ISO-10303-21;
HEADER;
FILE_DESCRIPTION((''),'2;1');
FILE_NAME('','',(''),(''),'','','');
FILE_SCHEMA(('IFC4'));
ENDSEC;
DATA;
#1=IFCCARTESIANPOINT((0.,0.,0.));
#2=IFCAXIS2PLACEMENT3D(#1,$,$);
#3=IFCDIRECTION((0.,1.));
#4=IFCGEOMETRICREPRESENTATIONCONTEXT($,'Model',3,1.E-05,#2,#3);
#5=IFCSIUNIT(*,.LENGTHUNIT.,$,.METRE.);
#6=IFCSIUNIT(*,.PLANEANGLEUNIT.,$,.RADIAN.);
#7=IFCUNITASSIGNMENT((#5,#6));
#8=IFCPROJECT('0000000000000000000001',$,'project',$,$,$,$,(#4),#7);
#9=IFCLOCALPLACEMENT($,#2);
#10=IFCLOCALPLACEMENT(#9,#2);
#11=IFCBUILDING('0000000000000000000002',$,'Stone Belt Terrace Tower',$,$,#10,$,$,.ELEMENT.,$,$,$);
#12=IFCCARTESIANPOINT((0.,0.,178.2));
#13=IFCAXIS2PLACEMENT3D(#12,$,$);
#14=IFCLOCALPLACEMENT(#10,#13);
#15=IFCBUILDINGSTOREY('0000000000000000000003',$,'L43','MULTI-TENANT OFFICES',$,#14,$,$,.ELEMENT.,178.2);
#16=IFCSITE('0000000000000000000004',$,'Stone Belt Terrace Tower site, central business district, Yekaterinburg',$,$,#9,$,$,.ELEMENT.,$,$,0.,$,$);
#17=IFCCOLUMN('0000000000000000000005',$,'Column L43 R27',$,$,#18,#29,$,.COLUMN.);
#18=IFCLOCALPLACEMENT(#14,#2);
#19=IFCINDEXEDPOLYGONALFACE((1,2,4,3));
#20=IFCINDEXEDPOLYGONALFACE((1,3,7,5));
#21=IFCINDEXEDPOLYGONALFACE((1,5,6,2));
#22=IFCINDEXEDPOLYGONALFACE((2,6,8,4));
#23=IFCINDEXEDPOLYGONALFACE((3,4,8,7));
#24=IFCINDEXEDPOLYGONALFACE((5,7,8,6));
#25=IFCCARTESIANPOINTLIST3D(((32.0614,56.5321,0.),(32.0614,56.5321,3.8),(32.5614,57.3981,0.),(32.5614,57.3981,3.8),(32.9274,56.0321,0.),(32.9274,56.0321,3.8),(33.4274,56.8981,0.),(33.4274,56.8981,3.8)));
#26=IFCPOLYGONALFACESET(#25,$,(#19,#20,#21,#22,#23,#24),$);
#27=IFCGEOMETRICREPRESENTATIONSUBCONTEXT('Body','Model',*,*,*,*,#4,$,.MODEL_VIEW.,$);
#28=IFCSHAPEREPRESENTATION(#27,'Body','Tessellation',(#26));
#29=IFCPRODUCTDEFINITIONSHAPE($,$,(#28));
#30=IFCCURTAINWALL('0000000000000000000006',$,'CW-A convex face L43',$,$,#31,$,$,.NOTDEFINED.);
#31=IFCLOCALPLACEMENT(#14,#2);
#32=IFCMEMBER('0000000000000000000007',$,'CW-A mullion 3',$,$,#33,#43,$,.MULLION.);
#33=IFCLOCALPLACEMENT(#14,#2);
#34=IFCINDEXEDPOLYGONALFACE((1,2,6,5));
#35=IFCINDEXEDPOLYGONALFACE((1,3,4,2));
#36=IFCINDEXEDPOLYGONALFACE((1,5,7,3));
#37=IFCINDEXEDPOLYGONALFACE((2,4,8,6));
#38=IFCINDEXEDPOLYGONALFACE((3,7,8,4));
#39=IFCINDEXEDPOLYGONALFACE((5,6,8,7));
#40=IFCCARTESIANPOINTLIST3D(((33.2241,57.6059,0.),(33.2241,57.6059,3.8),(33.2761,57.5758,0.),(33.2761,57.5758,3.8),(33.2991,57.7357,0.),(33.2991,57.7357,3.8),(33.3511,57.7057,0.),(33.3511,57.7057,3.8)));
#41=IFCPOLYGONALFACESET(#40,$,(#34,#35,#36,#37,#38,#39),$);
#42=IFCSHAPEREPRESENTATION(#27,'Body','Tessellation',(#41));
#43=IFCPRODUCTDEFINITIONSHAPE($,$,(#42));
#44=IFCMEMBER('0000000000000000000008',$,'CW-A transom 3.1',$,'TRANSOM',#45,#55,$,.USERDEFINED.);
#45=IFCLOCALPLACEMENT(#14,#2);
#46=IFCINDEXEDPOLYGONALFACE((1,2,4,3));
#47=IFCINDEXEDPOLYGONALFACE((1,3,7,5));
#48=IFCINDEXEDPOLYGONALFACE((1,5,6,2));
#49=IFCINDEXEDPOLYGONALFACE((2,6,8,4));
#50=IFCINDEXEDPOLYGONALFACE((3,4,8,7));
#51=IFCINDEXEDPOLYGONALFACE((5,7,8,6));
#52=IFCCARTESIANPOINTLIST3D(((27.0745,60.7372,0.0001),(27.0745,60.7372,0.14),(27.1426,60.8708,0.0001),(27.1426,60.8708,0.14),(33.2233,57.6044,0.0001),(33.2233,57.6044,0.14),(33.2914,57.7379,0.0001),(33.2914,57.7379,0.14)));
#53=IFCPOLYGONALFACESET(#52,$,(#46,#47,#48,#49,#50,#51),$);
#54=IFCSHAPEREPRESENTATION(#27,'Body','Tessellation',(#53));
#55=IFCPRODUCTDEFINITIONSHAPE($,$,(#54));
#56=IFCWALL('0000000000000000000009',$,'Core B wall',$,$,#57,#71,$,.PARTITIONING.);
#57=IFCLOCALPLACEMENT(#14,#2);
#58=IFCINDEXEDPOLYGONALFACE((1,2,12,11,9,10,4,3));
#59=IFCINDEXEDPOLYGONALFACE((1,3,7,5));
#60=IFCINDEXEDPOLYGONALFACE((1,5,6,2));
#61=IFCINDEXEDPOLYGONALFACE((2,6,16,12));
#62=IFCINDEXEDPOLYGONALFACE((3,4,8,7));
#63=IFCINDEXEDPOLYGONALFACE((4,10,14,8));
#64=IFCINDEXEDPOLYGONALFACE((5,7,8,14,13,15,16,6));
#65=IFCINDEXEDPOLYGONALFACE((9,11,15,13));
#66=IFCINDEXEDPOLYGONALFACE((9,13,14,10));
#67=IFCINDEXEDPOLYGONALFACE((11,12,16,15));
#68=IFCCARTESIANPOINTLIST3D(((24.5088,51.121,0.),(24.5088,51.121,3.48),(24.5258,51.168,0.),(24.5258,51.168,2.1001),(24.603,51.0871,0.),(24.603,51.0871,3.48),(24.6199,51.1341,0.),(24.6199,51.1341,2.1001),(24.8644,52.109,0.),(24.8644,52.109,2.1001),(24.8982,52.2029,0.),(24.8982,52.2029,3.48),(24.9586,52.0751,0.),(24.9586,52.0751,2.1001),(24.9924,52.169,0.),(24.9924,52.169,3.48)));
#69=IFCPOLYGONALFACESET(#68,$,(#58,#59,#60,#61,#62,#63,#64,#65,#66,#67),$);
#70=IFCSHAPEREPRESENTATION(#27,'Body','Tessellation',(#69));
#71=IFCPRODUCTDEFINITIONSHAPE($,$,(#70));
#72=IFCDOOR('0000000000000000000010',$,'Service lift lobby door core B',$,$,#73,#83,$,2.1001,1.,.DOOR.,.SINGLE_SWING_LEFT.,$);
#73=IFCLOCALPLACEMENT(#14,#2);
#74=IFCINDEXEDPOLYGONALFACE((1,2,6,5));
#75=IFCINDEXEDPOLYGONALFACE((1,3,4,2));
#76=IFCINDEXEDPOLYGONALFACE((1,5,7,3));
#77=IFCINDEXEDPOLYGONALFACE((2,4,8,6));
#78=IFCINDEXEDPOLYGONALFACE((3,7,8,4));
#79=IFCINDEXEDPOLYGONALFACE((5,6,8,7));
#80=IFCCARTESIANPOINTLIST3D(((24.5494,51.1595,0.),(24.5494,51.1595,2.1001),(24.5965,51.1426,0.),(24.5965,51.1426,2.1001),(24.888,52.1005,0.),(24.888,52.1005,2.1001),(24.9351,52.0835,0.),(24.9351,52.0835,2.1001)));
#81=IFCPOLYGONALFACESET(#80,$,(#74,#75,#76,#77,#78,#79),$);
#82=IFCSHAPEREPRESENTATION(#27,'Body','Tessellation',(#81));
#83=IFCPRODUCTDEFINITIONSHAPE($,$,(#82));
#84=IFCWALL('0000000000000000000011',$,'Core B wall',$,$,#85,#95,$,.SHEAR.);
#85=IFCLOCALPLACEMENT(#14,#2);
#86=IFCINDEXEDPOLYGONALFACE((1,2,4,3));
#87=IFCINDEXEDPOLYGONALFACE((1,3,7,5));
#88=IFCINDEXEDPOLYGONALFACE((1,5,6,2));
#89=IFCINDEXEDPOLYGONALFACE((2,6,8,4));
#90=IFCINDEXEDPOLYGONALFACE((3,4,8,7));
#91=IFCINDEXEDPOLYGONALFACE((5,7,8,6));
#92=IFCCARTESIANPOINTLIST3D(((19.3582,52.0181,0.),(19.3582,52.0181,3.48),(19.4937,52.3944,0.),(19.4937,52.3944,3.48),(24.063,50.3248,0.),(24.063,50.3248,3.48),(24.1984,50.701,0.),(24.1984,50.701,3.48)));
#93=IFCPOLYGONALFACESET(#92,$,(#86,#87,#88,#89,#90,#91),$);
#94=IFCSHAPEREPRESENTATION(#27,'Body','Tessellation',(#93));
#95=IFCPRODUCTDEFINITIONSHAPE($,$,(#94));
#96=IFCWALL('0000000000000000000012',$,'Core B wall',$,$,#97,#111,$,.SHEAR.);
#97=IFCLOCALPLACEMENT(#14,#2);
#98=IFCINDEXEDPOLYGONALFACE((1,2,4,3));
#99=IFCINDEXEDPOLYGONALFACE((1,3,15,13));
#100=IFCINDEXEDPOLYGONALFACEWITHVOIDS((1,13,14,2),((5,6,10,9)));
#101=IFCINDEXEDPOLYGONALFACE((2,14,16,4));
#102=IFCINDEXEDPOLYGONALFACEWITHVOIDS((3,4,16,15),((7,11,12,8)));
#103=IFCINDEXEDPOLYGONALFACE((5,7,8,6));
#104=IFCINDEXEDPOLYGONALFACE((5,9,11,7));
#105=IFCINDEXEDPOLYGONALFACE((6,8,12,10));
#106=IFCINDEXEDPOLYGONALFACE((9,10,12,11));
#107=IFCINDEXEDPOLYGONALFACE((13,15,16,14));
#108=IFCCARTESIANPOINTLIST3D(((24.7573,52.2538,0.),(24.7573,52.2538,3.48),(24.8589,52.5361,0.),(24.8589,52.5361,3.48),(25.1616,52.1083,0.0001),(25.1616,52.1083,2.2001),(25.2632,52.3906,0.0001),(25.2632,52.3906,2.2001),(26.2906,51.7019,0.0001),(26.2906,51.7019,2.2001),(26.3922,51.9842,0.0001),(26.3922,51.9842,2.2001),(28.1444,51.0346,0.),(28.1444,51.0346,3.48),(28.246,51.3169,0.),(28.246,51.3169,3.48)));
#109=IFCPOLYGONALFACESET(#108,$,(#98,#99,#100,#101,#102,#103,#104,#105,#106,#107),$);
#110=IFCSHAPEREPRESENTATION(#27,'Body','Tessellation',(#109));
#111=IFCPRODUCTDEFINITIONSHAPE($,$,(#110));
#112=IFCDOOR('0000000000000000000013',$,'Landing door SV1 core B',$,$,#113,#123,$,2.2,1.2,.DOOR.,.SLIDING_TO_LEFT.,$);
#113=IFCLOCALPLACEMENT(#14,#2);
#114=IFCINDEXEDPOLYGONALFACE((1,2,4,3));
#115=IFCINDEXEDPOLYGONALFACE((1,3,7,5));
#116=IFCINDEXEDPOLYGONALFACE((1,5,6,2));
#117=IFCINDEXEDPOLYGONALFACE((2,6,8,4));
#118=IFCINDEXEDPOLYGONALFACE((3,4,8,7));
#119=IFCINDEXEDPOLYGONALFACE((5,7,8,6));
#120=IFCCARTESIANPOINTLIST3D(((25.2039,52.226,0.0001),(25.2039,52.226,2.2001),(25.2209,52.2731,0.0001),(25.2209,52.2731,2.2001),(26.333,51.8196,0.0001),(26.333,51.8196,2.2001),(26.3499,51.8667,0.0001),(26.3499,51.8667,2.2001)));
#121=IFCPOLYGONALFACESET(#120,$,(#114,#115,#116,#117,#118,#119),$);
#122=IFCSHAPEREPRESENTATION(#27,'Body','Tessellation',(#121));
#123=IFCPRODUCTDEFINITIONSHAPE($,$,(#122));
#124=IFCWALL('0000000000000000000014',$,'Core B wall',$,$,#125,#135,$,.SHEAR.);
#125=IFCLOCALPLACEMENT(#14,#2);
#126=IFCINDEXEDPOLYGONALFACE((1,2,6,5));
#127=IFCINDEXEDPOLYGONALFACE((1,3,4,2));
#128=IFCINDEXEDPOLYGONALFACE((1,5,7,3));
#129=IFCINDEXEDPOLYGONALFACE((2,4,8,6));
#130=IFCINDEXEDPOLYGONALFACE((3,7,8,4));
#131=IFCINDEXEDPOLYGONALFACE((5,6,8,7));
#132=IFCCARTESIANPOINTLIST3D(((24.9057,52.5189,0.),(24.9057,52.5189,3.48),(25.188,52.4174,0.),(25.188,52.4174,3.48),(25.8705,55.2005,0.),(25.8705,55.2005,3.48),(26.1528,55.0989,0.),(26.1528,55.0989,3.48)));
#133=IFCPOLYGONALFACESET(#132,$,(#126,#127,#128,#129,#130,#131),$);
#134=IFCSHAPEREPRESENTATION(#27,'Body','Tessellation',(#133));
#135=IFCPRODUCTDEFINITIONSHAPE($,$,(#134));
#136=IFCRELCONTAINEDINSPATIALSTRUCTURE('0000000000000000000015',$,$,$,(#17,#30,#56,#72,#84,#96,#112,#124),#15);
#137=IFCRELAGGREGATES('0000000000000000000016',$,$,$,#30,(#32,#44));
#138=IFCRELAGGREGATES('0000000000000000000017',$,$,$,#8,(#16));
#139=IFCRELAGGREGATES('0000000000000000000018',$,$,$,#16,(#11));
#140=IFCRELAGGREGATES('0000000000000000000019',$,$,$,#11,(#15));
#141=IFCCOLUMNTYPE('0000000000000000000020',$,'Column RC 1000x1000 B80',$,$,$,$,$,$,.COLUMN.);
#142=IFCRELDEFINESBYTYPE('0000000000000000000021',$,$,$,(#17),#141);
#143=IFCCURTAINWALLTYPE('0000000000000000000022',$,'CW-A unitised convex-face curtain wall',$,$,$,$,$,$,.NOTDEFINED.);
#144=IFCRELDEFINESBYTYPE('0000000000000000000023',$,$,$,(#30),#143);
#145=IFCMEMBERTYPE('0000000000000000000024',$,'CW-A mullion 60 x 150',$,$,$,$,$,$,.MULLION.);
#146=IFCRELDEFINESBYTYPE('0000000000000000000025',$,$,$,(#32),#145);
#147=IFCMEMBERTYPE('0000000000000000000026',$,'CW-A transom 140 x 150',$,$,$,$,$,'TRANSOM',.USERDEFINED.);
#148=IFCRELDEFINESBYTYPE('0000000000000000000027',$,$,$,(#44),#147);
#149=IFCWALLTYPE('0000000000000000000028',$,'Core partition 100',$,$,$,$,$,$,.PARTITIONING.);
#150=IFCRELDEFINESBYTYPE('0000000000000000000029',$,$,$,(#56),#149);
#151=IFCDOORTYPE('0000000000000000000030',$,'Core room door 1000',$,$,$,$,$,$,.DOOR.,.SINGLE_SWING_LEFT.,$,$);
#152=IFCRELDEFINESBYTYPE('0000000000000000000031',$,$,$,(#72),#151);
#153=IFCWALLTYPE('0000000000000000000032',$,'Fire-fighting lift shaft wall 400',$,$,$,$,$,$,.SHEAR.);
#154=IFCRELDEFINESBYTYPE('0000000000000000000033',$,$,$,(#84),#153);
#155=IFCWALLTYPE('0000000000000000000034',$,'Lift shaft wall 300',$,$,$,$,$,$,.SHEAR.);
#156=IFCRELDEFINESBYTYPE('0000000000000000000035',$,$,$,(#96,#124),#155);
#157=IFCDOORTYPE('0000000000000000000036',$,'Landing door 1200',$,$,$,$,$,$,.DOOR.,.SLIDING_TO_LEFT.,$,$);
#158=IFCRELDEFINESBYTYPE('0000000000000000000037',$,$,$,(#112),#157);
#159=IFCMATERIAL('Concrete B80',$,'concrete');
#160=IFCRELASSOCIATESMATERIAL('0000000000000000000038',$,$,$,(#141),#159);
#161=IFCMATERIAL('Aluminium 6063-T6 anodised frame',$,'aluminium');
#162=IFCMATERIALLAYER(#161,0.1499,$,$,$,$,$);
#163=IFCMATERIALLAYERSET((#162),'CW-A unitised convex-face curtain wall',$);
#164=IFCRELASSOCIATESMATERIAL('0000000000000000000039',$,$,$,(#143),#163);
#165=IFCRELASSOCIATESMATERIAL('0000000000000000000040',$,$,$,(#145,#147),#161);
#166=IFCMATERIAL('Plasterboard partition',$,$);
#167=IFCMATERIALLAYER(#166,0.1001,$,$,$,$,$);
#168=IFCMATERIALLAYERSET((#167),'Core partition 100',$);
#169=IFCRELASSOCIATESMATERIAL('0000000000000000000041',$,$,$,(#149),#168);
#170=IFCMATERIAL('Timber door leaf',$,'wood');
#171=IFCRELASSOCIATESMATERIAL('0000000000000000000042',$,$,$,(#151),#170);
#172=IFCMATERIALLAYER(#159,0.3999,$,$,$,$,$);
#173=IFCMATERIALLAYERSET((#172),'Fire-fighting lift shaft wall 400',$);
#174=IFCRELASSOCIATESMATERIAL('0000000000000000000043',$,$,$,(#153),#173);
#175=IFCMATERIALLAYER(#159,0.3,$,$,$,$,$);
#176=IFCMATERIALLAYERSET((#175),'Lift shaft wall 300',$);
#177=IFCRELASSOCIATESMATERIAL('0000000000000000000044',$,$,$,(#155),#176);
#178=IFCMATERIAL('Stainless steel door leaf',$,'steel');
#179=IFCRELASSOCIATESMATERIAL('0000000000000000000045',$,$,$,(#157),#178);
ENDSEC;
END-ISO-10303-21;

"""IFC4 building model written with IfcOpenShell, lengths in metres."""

from ifc_helpers import new_model, si_unit, direction, frame, frame_2d, origin, origin_2d, place, context, subcontext, project, spatial, rectangle, extrude, material, layer, layer_set, material_profile, profile_set, type_object, element, fill, aggregate, save


model = new_model("IFC4")

# Units and contexts
model_context = context("Model", 3, precision=1e-05, world=origin(), true_north=direction((0.0, 1.0)))
body_context = subcontext(model_context, "Body", "Model", "MODEL_VIEW")
ifc_project = project(units=[si_unit("LENGTHUNIT", "METRE"), si_unit("PLANEANGLEUNIT", "RADIAN")], contexts=[model_context])

# Site, building, storey
site_placement = place(None, origin())
site = spatial("IfcSite", under=ifc_project, at=site_placement, Name="Stone Belt Terrace Tower site, central business district, Yekaterinburg", CompositionType="ELEMENT", RefElevation=0.0)
building_placement = place(site_placement, origin())
building = spatial("IfcBuilding", under=site, at=building_placement, Name="Stone Belt Terrace Tower", CompositionType="ELEMENT")
storey_placement = place(building_placement, frame((0.0, 0.0, 178.2)))
storey = spatial("IfcBuildingStorey", under=building, at=storey_placement, Name="L43", Description="MULTI-TENANT OFFICES", CompositionType="ELEMENT", Elevation=178.2)

# Column
ifc_material_1 = material(Name="Concrete B80", Category="concrete")
ifc_material_profile_1 = material_profile(ifc_material_1, rectangle(XDim=1.0, YDim=1.0, at=origin_2d()), Name="RC 1000x1000")
ifc_profile_set_1 = profile_set([ifc_material_profile_1], Name="Concrete B80")
column_type = type_object("IfcColumnType", Name="Column RC 1000x1000 B80", PredefinedType="COLUMN", material=ifc_profile_set_1)
column_placement = place(storey_placement, frame((32.7444, 56.7151, 0.0), z_axis=(0.0, 0.0, 1.0), x_axis=(0.866025, -0.5, 0.0)))
element("IfcColumn", 1, at=column_placement, inside=storey, type_object=column_type, Name="Column L43 R27", PredefinedType="COLUMN", context=body_context, shape_type="SweptSolid", body=[
    extrude(rectangle(XDim=1.0, YDim=1.0, at=origin_2d()), origin(), (0.0, 0.0, 1.0), 3.8),
])

# Curtain wall, members
ifc_material_2 = material(Name="Aluminium 6063-T6 anodised frame", Category="aluminium")
ifc_layer_1 = layer(ifc_material_2, 0.1499)
ifc_layer_set_1 = layer_set([ifc_layer_1], Name="CW-A unitised convex-face curtain wall")
curtain_wall_type = type_object("IfcCurtainWallType", Name="CW-A unitised convex-face curtain wall", PredefinedType="NOTDEFINED", material=ifc_layer_set_1)
curtain_wall_placement = place(storey_placement, origin())
curtain_wall = element("IfcCurtainWall", 2, at=curtain_wall_placement, inside=storey, type_object=curtain_wall_type, Name="CW-A convex face L43", PredefinedType="NOTDEFINED")
ifc_material_profile_2 = material_profile(ifc_material_2, rectangle(XDim=0.1499, YDim=0.0601, at=origin_2d()), Name="Aluminium 6063-T6 60x150")
ifc_profile_set_2 = profile_set([ifc_material_profile_2], Name="Aluminium 6063-T6 anodised frame")
member_type_1 = type_object("IfcMemberType", Name="CW-A mullion 60 x 150", PredefinedType="MULLION", material=ifc_profile_set_2)
member_1_placement = place(storey_placement, frame((33.2876, 57.6558, 0.0), z_axis=(0.0, 0.0, 1.0), x_axis=(-0.5, -0.866025, 0.0)))
member_1 = element("IfcMember", 3, at=member_1_placement, type_object=member_type_1, Name="CW-A mullion 3", PredefinedType="MULLION", context=body_context, shape_type="SweptSolid", body=[
    extrude(rectangle(XDim=0.1499, YDim=0.0601, at=origin_2d()), origin(), (0.0, 0.0, 1.0), 3.8),
])
ifc_material_profile_3 = material_profile(ifc_material_2, rectangle(XDim=0.1499, YDim=0.1399, at=origin_2d()), Name="Aluminium 6063-T6 150x140")
ifc_profile_set_3 = profile_set([ifc_material_profile_3], Name="Aluminium 6063-T6 anodised frame")
member_type_2 = type_object("IfcMemberType", Name="CW-A transom 140 x 150", ElementType="TRANSOM", PredefinedType="USERDEFINED", material=ifc_profile_set_3)
member_2_placement = place(storey_placement, frame((33.2573, 57.6711, 0.0701), z_axis=(-0.891012, 0.453979, 0.0), x_axis=(-0.453979, -0.891012, 0.0)))
member_2 = element("IfcMember", 4, at=member_2_placement, type_object=member_type_2, Name="CW-A transom 3.1", ObjectType="TRANSOM", PredefinedType="USERDEFINED", context=body_context, shape_type="SweptSolid", body=[
    extrude(rectangle(XDim=0.1499, YDim=0.1399, at=origin_2d()), origin(), (0.0, 0.0, 1.0), 6.9009),
])
aggregate(curtain_wall, [member_1, member_2])

# Wall, opening, door
ifc_material_3 = material(Name="Plasterboard partition")
ifc_layer_2 = layer(ifc_material_3, 0.1001)
ifc_layer_set_2 = layer_set([ifc_layer_2], Name="Core partition 100")
wall_type_1 = type_object("IfcWallType", Name="Core partition 100", PredefinedType="PARTITIONING", material=ifc_layer_set_2)
wall_1_placement = place(storey_placement, frame((24.5559, 51.104, 0.0), z_axis=(0.0, 0.0, 1.0), x_axis=(0.338622, 0.940923, 0.0)))
wall_1 = element("IfcWall", 5, at=wall_1_placement, inside=storey, type_object=wall_type_1, Name="Core B wall", PredefinedType="PARTITIONING", context=body_context, shape_type="SweptSolid", body=[
    extrude(rectangle(XDim=1.1499, YDim=0.1001, at=frame_2d((0.575, 0.0))), origin(), (0.0, 0.0, 1.0), 3.48),
])
opening_1_placement = place(wall_1_placement, frame((0.05, 0.0, 0.0)))
opening_1 = element("IfcOpeningElement", 6, at=opening_1_placement, cuts=wall_1, PredefinedType="OPENING", context=body_context, shape_type="SweptSolid", body=[
    extrude(rectangle(XDim=1.0, YDim=2.1001, at=frame_2d((0.5, 1.05))), frame((0.0, 0.0601, 0.0), z_axis=(0.0, -1.0, 0.0), x_axis=(1.0, 0.0, 0.0)), (0.0, 0.0, 1.0), 0.1201),
])
ifc_material_4 = material(Name="Timber door leaf", Category="wood")
door_type_1 = type_object("IfcDoorType", Name="Core room door 1000", OperationType="SINGLE_SWING_LEFT", PredefinedType="DOOR", material=ifc_material_4)
door_1_placement = place(opening_1_placement, origin())
door_1 = element("IfcDoor", 7, at=door_1_placement, inside=storey, type_object=door_type_1, Name="Service lift lobby door core B", OperationType="SINGLE_SWING_LEFT", OverallHeight=2.1001, OverallWidth=1.0, PredefinedType="DOOR", context=body_context, shape_type="SweptSolid", body=[
    extrude(rectangle(XDim=1.0, YDim=2.1001, at=frame_2d((0.5, 1.05))), frame((0.0, 0.0249, 0.0), z_axis=(0.0, -1.0, 0.0), x_axis=(1.0, 0.0, 0.0)), (0.0, 0.0, 1.0), 0.05),
])
fill(opening_1, door_1)

# Wall
ifc_layer_3 = layer(ifc_material_1, 0.3999)
ifc_layer_set_3 = layer_set([ifc_layer_3], Name="Fire-fighting lift shaft wall 400")
wall_type_2 = type_object("IfcWallType", Name="Fire-fighting lift shaft wall 400", PredefinedType="SHEAR", material=ifc_layer_set_3)
wall_2_placement = place(storey_placement, frame((24.1306, 50.5129, 0.0), z_axis=(0.0, 0.0, 1.0), x_axis=(-0.940912, 0.338652, 0.0)))
element("IfcWall", 8, at=wall_2_placement, inside=storey, type_object=wall_type_2, Name="Core B wall", PredefinedType="SHEAR", context=body_context, shape_type="SweptSolid", body=[
    extrude(rectangle(XDim=5.0002, YDim=0.3999, at=frame_2d((2.5, 0.0))), origin(), (0.0, 0.0, 1.0), 3.48),
])

# Wall, opening, door
ifc_layer_4 = layer(ifc_material_1, 0.3)
ifc_layer_set_4 = layer_set([ifc_layer_4], Name="Lift shaft wall 300")
wall_type_3 = type_object("IfcWallType", Name="Lift shaft wall 300", PredefinedType="SHEAR", material=ifc_layer_set_4)
wall_3_placement = place(storey_placement, frame((28.1951, 51.1758, 0.0), z_axis=(0.0, 0.0, 1.0), x_axis=(-0.940901, 0.338681, 0.0)))
wall_3 = element("IfcWall", 9, at=wall_3_placement, inside=storey, type_object=wall_type_3, Name="Core B wall", PredefinedType="SHEAR", context=body_context, shape_type="SweptSolid", body=[
    extrude(rectangle(XDim=3.5999, YDim=0.3, at=frame_2d((1.7998, 0.0))), origin(), (0.0, 0.0, 1.0), 3.48),
])
opening_2_placement = place(wall_3_placement, frame((1.97, 0.0, 0.0)))
opening_2 = element("IfcOpeningElement", 10, at=opening_2_placement, cuts=wall_3, PredefinedType="OPENING", context=body_context, shape_type="SweptSolid", body=[
    extrude(rectangle(XDim=1.2, YDim=2.2, at=frame_2d((0.6001, 1.1001))), frame((0.0, 0.1599, 0.0), z_axis=(0.0, -1.0, 0.0), x_axis=(1.0, 0.0, 0.0)), (0.0, 0.0, 1.0), 0.3201),
])
ifc_material_5 = material(Name="Stainless steel door leaf", Category="steel")
door_type_2 = type_object("IfcDoorType", Name="Landing door 1200", OperationType="SLIDING_TO_LEFT", PredefinedType="DOOR", material=ifc_material_5)
door_2_placement = place(opening_2_placement, origin())
door_2 = element("IfcDoor", 11, at=door_2_placement, inside=storey, type_object=door_type_2, Name="Landing door SV1 core B", OperationType="SLIDING_TO_LEFT", OverallHeight=2.2, OverallWidth=1.2, PredefinedType="DOOR", context=body_context, shape_type="SweptSolid", body=[
    extrude(rectangle(XDim=1.2, YDim=2.2, at=frame_2d((0.6001, 1.1001))), frame((0.0, 0.0249, 0.0), z_axis=(0.0, -1.0, 0.0), x_axis=(1.0, 0.0, 0.0)), (0.0, 0.0, 1.0), 0.05),
])
fill(opening_2, door_2)

# Wall
wall_4_placement = place(storey_placement, frame((25.0469, 52.4683, 0.0), z_axis=(0.0, 0.0, 1.0), x_axis=(0.33855, 0.940949, 0.0)))
element("IfcWall", 12, at=wall_4_placement, inside=storey, type_object=wall_type_3, Name="Core B wall", PredefinedType="SHEAR", context=body_context, shape_type="SweptSolid", body=[
    extrude(rectangle(XDim=2.8499, YDim=0.3, at=frame_2d((1.4248, 0.0))), origin(), (0.0, 0.0, 1.0), 3.48),
])

save(model, "model.ifc")
